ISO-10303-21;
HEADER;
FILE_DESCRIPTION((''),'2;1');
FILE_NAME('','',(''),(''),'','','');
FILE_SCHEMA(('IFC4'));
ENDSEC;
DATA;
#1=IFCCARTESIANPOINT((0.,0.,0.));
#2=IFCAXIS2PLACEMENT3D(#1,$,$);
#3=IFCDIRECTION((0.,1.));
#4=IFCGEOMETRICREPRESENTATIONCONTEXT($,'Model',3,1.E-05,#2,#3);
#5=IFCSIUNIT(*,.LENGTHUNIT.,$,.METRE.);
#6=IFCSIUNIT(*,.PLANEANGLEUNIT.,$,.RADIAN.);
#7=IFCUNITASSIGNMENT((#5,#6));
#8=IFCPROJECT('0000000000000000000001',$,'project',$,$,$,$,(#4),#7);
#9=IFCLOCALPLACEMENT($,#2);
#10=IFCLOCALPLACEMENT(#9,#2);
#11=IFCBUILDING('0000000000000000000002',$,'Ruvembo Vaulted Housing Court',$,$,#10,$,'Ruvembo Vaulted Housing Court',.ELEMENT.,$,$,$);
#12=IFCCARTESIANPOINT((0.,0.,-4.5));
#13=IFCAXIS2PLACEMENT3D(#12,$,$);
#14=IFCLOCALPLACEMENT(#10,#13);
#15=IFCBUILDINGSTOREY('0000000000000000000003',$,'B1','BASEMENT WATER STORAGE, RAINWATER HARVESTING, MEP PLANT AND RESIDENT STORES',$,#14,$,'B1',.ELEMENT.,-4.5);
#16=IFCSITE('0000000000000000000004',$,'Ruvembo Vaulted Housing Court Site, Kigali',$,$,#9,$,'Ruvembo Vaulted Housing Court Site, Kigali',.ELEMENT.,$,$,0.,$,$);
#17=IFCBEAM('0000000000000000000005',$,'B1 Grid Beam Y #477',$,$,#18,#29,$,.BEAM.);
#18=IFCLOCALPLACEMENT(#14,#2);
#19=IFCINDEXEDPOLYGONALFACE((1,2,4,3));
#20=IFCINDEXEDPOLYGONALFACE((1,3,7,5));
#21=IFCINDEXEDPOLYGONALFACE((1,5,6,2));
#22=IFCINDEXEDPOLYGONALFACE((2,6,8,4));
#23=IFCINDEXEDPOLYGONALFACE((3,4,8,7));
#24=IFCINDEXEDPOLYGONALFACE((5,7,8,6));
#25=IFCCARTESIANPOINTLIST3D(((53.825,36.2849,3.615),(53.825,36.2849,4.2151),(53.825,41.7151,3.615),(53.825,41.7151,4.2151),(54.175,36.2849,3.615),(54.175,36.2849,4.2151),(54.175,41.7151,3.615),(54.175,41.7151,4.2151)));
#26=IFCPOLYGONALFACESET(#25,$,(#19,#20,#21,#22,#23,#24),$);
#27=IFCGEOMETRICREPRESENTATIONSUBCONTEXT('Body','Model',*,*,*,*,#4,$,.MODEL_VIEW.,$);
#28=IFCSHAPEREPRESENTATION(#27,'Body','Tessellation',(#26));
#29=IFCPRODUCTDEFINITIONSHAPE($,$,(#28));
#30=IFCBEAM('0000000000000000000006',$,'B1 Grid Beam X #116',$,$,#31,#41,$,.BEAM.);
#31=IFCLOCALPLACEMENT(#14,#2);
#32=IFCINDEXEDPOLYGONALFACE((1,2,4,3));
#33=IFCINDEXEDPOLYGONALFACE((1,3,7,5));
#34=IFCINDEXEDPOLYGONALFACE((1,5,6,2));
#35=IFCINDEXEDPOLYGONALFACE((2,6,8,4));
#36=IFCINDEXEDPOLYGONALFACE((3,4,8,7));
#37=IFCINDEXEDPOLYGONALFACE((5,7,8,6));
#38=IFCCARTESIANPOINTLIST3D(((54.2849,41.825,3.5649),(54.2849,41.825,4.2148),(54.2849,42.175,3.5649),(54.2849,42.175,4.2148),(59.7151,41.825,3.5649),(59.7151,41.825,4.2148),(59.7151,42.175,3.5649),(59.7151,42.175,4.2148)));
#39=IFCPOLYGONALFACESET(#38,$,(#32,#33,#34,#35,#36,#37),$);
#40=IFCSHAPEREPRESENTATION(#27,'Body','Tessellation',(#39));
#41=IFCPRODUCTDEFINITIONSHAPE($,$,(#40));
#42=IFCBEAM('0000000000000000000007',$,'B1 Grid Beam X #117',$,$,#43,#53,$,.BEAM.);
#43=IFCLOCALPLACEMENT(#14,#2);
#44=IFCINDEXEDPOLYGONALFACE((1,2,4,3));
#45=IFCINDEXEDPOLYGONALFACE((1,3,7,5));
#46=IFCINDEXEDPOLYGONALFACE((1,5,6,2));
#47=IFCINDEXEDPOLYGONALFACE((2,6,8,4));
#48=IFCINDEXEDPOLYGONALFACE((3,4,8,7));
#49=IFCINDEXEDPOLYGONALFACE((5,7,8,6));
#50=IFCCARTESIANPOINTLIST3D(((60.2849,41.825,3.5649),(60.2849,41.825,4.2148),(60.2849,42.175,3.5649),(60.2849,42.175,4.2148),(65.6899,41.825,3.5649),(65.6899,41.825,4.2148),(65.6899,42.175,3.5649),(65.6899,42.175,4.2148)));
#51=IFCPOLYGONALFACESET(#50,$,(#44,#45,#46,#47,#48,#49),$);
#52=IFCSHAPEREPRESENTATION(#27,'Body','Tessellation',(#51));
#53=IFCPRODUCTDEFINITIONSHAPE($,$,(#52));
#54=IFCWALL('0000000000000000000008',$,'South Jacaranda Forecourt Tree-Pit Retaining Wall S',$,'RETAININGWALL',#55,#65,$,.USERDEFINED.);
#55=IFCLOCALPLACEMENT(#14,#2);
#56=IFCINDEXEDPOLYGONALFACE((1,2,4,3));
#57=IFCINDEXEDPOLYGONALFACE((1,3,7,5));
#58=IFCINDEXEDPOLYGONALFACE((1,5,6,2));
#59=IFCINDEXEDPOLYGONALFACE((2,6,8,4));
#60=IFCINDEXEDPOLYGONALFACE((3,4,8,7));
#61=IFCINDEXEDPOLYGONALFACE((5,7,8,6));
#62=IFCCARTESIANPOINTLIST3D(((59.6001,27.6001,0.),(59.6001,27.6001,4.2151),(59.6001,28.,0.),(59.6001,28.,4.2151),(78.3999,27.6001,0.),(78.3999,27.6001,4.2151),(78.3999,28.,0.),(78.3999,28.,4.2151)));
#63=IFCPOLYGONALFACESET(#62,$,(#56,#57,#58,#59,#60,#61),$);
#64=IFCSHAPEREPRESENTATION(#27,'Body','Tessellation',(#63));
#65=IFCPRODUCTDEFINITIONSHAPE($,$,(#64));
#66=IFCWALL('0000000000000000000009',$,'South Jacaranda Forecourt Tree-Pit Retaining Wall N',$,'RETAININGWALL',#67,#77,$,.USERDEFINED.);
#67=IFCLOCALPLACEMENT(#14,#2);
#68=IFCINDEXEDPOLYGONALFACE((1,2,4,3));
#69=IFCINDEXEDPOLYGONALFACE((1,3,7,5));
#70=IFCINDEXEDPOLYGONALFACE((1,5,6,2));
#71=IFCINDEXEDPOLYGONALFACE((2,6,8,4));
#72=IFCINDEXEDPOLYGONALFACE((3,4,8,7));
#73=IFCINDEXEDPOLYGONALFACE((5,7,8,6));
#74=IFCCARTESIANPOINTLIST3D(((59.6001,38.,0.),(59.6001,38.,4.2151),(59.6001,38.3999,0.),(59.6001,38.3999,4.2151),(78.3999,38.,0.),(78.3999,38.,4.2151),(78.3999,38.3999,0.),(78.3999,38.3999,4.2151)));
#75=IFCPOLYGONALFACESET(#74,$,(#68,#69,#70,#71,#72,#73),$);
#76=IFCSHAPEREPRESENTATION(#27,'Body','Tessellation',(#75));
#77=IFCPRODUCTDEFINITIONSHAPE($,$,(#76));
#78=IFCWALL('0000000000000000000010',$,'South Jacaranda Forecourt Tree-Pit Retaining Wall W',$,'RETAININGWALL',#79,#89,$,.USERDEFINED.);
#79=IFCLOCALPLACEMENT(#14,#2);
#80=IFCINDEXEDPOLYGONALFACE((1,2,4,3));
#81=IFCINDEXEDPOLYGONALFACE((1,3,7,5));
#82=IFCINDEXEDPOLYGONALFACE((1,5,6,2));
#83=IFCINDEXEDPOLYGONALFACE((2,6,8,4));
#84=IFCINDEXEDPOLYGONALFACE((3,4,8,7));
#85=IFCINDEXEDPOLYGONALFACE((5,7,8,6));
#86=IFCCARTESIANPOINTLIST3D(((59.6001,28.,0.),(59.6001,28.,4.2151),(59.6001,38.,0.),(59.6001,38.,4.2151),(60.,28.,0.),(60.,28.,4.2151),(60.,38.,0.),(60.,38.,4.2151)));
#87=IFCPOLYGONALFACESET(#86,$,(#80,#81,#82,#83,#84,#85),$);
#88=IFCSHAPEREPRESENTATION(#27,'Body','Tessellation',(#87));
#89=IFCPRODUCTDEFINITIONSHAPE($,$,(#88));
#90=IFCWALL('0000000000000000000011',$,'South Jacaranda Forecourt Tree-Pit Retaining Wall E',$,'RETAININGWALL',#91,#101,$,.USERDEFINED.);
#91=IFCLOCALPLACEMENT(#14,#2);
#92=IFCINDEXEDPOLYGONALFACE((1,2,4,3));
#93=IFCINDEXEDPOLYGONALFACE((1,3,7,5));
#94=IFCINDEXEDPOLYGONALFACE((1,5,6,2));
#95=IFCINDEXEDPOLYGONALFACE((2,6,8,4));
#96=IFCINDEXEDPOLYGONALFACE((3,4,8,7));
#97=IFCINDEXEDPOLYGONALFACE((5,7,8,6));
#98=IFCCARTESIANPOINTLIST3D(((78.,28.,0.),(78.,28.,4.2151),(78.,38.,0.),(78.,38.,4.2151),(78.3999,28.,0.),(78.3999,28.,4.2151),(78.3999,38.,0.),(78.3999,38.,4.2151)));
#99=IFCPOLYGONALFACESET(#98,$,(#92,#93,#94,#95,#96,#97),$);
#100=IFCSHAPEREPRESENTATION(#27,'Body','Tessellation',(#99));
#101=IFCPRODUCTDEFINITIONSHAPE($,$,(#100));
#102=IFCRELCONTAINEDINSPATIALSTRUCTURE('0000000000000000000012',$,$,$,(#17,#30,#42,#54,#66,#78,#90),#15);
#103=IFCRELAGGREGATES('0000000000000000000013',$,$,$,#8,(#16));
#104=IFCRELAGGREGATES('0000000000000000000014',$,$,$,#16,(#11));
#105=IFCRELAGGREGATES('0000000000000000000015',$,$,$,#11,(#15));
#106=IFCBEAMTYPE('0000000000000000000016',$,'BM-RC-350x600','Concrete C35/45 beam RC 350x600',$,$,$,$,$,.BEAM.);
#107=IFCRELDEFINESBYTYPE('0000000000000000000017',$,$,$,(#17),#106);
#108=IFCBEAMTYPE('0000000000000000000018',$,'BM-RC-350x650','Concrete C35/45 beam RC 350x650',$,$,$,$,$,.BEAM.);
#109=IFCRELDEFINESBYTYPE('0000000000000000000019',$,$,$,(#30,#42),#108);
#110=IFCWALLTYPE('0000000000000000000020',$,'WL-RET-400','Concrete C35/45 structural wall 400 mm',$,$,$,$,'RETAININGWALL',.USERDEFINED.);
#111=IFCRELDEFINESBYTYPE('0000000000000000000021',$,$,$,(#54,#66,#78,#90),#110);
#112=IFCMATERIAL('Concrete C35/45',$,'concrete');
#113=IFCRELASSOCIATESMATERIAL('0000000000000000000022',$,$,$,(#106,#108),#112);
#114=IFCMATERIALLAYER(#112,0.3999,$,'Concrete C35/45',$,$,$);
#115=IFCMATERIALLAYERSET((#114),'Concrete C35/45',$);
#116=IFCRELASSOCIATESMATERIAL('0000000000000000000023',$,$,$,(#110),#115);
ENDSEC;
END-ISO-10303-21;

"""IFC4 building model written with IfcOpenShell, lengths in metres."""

from ifc_helpers import new_model, si_unit, direction, frame, frame_2d, origin, origin_2d, place, context, subcontext, project, spatial, rectangle, extrude, material, layer, layer_set, material_profile, profile_set, type_object, element, save


model = new_model("IFC4")

# Units and contexts
model_context = context("Model", 3, precision=1e-05, world=origin(), true_north=direction((0.0, 1.0)))
body_context = subcontext(model_context, "Body", "Model", "MODEL_VIEW")
ifc_project = project(units=[si_unit("LENGTHUNIT", "METRE"), si_unit("PLANEANGLEUNIT", "RADIAN")], contexts=[model_context])

# Site, building, storey
site_placement = place(None, origin())
site = spatial("IfcSite", under=ifc_project, at=site_placement, Name="Ruvembo Vaulted Housing Court Site, Kigali", LongName="Ruvembo Vaulted Housing Court Site, Kigali", CompositionType="ELEMENT", RefElevation=0.0)
building_placement = place(site_placement, origin())
building = spatial("IfcBuilding", under=site, at=building_placement, Name="Ruvembo Vaulted Housing Court", LongName="Ruvembo Vaulted Housing Court", CompositionType="ELEMENT")
storey_placement = place(building_placement, frame((0.0, 0.0, -4.5)))
storey = spatial("IfcBuildingStorey", under=building, at=storey_placement, Name="B1", Description="BASEMENT WATER STORAGE, RAINWATER HARVESTING, MEP PLANT AND RESIDENT STORES", LongName="B1", CompositionType="ELEMENT", Elevation=-4.5)

# Shared definitions
ifc_material_1 = material(Name="Concrete C35/45", Category="concrete")

# Beams
ifc_material_profile_1 = material_profile(ifc_material_1, rectangle(XDim=0.3501, YDim=0.6001, at=origin_2d()), Name="RC 350x600")
ifc_profile_set_1 = profile_set([ifc_material_profile_1], Name="Concrete C35/45")
beam_type_1 = type_object("IfcBeamType", Name="BM-RC-350x600", Description="Concrete C35/45 beam RC 350x600", PredefinedType="BEAM", material=ifc_profile_set_1)
beam_1_placement = place(storey_placement, frame((54.0, 36.2849, 3.915), z_axis=(0.0, 1.0, 0.0), x_axis=(-1.0, 0.0, 0.0)))
element("IfcBeam", 1, at=beam_1_placement, inside=storey, type_object=beam_type_1, Name="B1 Grid Beam Y #477", PredefinedType="BEAM", context=body_context, shape_type="SweptSolid", body=[
    extrude(rectangle(XDim=0.3501, YDim=0.6001, at=origin_2d()), origin(), (0.0, 0.0, 1.0), 5.4302),
])
ifc_material_profile_2 = material_profile(ifc_material_1, rectangle(XDim=0.3501, YDim=0.6499, at=origin_2d()), Name="RC 350x650")
ifc_profile_set_2 = profile_set([ifc_material_profile_2], Name="Concrete C35/45")
beam_type_2 = type_object("IfcBeamType", Name="BM-RC-350x650", Description="Concrete C35/45 beam RC 350x650", PredefinedType="BEAM", material=ifc_profile_set_2)
beam_2_placement = place(storey_placement, frame((54.2849, 42.0, 3.8899), z_axis=(1.0, 0.0, 0.0), x_axis=(0.0, 1.0, 0.0)))
element("IfcBeam", 2, at=beam_2_placement, inside=storey, type_object=beam_type_2, Name="B1 Grid Beam X #116", PredefinedType="BEAM", context=body_context, shape_type="SweptSolid", body=[
    extrude(rectangle(XDim=0.3501, YDim=0.6499, at=origin_2d()), origin(), (0.0, 0.0, 1.0), 5.4302),
])
beam_3_placement = place(storey_placement, frame((60.2849, 42.0, 3.8899), z_axis=(1.0, 0.0, 0.0), x_axis=(0.0, 1.0, 0.0)))
element("IfcBeam", 3, at=beam_3_placement, inside=storey, type_object=beam_type_2, Name="B1 Grid Beam X #117", PredefinedType="BEAM", context=body_context, shape_type="SweptSolid", body=[
    extrude(rectangle(XDim=0.3501, YDim=0.6499, at=origin_2d()), origin(), (0.0, 0.0, 1.0), 5.405),
])

# Walls
ifc_layer = layer(ifc_material_1, 0.3999, Name="Concrete C35/45")
ifc_layer_set = layer_set([ifc_layer], Name="Concrete C35/45")
wall_type = type_object("IfcWallType", Name="WL-RET-400", Description="Concrete C35/45 structural wall 400 mm", ElementType="RETAININGWALL", PredefinedType="USERDEFINED", material=ifc_layer_set)
for number, where, z_axis, x_axis, name in (
    (4, (59.6001, 27.8, 0.0), (0.0, 0.0, 1.0), (1.0, 0.0, 0.0), "South Jacaranda Forecourt Tree-Pit Retaining Wall S"),
    (5, (78.3999, 38.2, 0.0), (0.0, 0.0, 1.0), (-1.0, 0.0, 0.0), "South Jacaranda Forecourt Tree-Pit Retaining Wall N"),
):
    element("IfcWall", number, at=place(storey_placement, frame(where, z_axis=z_axis, x_axis=x_axis)), inside=storey, type_object=wall_type, Name=name, ObjectType="RETAININGWALL", PredefinedType="USERDEFINED", context=body_context, shape_type="SweptSolid", body=[
        extrude(rectangle(XDim=18.7998, YDim=0.3999, at=frame_2d((9.3999, 0.0))), origin(), (0.0, 0.0, 1.0), 4.2151),
    ])
for number, where, z_axis, x_axis, name in (
    (6, (59.8, 28.0, 0.0), (0.0, 0.0, 1.0), (0.0, 1.0, 0.0), "South Jacaranda Forecourt Tree-Pit Retaining Wall W"),
    (7, (78.2, 38.0, 0.0), (0.0, 0.0, 1.0), (0.0, -1.0, 0.0), "South Jacaranda Forecourt Tree-Pit Retaining Wall E"),
):
    element("IfcWall", number, at=place(storey_placement, frame(where, z_axis=z_axis, x_axis=x_axis)), inside=storey, type_object=wall_type, Name=name, ObjectType="RETAININGWALL", PredefinedType="USERDEFINED", context=body_context, shape_type="SweptSolid", body=[
        extrude(rectangle(XDim=10.0, YDim=0.3999, at=frame_2d((5.0, 0.0))), origin(), (0.0, 0.0, 1.0), 4.2151),
    ])

save(model, "model.ifc")
